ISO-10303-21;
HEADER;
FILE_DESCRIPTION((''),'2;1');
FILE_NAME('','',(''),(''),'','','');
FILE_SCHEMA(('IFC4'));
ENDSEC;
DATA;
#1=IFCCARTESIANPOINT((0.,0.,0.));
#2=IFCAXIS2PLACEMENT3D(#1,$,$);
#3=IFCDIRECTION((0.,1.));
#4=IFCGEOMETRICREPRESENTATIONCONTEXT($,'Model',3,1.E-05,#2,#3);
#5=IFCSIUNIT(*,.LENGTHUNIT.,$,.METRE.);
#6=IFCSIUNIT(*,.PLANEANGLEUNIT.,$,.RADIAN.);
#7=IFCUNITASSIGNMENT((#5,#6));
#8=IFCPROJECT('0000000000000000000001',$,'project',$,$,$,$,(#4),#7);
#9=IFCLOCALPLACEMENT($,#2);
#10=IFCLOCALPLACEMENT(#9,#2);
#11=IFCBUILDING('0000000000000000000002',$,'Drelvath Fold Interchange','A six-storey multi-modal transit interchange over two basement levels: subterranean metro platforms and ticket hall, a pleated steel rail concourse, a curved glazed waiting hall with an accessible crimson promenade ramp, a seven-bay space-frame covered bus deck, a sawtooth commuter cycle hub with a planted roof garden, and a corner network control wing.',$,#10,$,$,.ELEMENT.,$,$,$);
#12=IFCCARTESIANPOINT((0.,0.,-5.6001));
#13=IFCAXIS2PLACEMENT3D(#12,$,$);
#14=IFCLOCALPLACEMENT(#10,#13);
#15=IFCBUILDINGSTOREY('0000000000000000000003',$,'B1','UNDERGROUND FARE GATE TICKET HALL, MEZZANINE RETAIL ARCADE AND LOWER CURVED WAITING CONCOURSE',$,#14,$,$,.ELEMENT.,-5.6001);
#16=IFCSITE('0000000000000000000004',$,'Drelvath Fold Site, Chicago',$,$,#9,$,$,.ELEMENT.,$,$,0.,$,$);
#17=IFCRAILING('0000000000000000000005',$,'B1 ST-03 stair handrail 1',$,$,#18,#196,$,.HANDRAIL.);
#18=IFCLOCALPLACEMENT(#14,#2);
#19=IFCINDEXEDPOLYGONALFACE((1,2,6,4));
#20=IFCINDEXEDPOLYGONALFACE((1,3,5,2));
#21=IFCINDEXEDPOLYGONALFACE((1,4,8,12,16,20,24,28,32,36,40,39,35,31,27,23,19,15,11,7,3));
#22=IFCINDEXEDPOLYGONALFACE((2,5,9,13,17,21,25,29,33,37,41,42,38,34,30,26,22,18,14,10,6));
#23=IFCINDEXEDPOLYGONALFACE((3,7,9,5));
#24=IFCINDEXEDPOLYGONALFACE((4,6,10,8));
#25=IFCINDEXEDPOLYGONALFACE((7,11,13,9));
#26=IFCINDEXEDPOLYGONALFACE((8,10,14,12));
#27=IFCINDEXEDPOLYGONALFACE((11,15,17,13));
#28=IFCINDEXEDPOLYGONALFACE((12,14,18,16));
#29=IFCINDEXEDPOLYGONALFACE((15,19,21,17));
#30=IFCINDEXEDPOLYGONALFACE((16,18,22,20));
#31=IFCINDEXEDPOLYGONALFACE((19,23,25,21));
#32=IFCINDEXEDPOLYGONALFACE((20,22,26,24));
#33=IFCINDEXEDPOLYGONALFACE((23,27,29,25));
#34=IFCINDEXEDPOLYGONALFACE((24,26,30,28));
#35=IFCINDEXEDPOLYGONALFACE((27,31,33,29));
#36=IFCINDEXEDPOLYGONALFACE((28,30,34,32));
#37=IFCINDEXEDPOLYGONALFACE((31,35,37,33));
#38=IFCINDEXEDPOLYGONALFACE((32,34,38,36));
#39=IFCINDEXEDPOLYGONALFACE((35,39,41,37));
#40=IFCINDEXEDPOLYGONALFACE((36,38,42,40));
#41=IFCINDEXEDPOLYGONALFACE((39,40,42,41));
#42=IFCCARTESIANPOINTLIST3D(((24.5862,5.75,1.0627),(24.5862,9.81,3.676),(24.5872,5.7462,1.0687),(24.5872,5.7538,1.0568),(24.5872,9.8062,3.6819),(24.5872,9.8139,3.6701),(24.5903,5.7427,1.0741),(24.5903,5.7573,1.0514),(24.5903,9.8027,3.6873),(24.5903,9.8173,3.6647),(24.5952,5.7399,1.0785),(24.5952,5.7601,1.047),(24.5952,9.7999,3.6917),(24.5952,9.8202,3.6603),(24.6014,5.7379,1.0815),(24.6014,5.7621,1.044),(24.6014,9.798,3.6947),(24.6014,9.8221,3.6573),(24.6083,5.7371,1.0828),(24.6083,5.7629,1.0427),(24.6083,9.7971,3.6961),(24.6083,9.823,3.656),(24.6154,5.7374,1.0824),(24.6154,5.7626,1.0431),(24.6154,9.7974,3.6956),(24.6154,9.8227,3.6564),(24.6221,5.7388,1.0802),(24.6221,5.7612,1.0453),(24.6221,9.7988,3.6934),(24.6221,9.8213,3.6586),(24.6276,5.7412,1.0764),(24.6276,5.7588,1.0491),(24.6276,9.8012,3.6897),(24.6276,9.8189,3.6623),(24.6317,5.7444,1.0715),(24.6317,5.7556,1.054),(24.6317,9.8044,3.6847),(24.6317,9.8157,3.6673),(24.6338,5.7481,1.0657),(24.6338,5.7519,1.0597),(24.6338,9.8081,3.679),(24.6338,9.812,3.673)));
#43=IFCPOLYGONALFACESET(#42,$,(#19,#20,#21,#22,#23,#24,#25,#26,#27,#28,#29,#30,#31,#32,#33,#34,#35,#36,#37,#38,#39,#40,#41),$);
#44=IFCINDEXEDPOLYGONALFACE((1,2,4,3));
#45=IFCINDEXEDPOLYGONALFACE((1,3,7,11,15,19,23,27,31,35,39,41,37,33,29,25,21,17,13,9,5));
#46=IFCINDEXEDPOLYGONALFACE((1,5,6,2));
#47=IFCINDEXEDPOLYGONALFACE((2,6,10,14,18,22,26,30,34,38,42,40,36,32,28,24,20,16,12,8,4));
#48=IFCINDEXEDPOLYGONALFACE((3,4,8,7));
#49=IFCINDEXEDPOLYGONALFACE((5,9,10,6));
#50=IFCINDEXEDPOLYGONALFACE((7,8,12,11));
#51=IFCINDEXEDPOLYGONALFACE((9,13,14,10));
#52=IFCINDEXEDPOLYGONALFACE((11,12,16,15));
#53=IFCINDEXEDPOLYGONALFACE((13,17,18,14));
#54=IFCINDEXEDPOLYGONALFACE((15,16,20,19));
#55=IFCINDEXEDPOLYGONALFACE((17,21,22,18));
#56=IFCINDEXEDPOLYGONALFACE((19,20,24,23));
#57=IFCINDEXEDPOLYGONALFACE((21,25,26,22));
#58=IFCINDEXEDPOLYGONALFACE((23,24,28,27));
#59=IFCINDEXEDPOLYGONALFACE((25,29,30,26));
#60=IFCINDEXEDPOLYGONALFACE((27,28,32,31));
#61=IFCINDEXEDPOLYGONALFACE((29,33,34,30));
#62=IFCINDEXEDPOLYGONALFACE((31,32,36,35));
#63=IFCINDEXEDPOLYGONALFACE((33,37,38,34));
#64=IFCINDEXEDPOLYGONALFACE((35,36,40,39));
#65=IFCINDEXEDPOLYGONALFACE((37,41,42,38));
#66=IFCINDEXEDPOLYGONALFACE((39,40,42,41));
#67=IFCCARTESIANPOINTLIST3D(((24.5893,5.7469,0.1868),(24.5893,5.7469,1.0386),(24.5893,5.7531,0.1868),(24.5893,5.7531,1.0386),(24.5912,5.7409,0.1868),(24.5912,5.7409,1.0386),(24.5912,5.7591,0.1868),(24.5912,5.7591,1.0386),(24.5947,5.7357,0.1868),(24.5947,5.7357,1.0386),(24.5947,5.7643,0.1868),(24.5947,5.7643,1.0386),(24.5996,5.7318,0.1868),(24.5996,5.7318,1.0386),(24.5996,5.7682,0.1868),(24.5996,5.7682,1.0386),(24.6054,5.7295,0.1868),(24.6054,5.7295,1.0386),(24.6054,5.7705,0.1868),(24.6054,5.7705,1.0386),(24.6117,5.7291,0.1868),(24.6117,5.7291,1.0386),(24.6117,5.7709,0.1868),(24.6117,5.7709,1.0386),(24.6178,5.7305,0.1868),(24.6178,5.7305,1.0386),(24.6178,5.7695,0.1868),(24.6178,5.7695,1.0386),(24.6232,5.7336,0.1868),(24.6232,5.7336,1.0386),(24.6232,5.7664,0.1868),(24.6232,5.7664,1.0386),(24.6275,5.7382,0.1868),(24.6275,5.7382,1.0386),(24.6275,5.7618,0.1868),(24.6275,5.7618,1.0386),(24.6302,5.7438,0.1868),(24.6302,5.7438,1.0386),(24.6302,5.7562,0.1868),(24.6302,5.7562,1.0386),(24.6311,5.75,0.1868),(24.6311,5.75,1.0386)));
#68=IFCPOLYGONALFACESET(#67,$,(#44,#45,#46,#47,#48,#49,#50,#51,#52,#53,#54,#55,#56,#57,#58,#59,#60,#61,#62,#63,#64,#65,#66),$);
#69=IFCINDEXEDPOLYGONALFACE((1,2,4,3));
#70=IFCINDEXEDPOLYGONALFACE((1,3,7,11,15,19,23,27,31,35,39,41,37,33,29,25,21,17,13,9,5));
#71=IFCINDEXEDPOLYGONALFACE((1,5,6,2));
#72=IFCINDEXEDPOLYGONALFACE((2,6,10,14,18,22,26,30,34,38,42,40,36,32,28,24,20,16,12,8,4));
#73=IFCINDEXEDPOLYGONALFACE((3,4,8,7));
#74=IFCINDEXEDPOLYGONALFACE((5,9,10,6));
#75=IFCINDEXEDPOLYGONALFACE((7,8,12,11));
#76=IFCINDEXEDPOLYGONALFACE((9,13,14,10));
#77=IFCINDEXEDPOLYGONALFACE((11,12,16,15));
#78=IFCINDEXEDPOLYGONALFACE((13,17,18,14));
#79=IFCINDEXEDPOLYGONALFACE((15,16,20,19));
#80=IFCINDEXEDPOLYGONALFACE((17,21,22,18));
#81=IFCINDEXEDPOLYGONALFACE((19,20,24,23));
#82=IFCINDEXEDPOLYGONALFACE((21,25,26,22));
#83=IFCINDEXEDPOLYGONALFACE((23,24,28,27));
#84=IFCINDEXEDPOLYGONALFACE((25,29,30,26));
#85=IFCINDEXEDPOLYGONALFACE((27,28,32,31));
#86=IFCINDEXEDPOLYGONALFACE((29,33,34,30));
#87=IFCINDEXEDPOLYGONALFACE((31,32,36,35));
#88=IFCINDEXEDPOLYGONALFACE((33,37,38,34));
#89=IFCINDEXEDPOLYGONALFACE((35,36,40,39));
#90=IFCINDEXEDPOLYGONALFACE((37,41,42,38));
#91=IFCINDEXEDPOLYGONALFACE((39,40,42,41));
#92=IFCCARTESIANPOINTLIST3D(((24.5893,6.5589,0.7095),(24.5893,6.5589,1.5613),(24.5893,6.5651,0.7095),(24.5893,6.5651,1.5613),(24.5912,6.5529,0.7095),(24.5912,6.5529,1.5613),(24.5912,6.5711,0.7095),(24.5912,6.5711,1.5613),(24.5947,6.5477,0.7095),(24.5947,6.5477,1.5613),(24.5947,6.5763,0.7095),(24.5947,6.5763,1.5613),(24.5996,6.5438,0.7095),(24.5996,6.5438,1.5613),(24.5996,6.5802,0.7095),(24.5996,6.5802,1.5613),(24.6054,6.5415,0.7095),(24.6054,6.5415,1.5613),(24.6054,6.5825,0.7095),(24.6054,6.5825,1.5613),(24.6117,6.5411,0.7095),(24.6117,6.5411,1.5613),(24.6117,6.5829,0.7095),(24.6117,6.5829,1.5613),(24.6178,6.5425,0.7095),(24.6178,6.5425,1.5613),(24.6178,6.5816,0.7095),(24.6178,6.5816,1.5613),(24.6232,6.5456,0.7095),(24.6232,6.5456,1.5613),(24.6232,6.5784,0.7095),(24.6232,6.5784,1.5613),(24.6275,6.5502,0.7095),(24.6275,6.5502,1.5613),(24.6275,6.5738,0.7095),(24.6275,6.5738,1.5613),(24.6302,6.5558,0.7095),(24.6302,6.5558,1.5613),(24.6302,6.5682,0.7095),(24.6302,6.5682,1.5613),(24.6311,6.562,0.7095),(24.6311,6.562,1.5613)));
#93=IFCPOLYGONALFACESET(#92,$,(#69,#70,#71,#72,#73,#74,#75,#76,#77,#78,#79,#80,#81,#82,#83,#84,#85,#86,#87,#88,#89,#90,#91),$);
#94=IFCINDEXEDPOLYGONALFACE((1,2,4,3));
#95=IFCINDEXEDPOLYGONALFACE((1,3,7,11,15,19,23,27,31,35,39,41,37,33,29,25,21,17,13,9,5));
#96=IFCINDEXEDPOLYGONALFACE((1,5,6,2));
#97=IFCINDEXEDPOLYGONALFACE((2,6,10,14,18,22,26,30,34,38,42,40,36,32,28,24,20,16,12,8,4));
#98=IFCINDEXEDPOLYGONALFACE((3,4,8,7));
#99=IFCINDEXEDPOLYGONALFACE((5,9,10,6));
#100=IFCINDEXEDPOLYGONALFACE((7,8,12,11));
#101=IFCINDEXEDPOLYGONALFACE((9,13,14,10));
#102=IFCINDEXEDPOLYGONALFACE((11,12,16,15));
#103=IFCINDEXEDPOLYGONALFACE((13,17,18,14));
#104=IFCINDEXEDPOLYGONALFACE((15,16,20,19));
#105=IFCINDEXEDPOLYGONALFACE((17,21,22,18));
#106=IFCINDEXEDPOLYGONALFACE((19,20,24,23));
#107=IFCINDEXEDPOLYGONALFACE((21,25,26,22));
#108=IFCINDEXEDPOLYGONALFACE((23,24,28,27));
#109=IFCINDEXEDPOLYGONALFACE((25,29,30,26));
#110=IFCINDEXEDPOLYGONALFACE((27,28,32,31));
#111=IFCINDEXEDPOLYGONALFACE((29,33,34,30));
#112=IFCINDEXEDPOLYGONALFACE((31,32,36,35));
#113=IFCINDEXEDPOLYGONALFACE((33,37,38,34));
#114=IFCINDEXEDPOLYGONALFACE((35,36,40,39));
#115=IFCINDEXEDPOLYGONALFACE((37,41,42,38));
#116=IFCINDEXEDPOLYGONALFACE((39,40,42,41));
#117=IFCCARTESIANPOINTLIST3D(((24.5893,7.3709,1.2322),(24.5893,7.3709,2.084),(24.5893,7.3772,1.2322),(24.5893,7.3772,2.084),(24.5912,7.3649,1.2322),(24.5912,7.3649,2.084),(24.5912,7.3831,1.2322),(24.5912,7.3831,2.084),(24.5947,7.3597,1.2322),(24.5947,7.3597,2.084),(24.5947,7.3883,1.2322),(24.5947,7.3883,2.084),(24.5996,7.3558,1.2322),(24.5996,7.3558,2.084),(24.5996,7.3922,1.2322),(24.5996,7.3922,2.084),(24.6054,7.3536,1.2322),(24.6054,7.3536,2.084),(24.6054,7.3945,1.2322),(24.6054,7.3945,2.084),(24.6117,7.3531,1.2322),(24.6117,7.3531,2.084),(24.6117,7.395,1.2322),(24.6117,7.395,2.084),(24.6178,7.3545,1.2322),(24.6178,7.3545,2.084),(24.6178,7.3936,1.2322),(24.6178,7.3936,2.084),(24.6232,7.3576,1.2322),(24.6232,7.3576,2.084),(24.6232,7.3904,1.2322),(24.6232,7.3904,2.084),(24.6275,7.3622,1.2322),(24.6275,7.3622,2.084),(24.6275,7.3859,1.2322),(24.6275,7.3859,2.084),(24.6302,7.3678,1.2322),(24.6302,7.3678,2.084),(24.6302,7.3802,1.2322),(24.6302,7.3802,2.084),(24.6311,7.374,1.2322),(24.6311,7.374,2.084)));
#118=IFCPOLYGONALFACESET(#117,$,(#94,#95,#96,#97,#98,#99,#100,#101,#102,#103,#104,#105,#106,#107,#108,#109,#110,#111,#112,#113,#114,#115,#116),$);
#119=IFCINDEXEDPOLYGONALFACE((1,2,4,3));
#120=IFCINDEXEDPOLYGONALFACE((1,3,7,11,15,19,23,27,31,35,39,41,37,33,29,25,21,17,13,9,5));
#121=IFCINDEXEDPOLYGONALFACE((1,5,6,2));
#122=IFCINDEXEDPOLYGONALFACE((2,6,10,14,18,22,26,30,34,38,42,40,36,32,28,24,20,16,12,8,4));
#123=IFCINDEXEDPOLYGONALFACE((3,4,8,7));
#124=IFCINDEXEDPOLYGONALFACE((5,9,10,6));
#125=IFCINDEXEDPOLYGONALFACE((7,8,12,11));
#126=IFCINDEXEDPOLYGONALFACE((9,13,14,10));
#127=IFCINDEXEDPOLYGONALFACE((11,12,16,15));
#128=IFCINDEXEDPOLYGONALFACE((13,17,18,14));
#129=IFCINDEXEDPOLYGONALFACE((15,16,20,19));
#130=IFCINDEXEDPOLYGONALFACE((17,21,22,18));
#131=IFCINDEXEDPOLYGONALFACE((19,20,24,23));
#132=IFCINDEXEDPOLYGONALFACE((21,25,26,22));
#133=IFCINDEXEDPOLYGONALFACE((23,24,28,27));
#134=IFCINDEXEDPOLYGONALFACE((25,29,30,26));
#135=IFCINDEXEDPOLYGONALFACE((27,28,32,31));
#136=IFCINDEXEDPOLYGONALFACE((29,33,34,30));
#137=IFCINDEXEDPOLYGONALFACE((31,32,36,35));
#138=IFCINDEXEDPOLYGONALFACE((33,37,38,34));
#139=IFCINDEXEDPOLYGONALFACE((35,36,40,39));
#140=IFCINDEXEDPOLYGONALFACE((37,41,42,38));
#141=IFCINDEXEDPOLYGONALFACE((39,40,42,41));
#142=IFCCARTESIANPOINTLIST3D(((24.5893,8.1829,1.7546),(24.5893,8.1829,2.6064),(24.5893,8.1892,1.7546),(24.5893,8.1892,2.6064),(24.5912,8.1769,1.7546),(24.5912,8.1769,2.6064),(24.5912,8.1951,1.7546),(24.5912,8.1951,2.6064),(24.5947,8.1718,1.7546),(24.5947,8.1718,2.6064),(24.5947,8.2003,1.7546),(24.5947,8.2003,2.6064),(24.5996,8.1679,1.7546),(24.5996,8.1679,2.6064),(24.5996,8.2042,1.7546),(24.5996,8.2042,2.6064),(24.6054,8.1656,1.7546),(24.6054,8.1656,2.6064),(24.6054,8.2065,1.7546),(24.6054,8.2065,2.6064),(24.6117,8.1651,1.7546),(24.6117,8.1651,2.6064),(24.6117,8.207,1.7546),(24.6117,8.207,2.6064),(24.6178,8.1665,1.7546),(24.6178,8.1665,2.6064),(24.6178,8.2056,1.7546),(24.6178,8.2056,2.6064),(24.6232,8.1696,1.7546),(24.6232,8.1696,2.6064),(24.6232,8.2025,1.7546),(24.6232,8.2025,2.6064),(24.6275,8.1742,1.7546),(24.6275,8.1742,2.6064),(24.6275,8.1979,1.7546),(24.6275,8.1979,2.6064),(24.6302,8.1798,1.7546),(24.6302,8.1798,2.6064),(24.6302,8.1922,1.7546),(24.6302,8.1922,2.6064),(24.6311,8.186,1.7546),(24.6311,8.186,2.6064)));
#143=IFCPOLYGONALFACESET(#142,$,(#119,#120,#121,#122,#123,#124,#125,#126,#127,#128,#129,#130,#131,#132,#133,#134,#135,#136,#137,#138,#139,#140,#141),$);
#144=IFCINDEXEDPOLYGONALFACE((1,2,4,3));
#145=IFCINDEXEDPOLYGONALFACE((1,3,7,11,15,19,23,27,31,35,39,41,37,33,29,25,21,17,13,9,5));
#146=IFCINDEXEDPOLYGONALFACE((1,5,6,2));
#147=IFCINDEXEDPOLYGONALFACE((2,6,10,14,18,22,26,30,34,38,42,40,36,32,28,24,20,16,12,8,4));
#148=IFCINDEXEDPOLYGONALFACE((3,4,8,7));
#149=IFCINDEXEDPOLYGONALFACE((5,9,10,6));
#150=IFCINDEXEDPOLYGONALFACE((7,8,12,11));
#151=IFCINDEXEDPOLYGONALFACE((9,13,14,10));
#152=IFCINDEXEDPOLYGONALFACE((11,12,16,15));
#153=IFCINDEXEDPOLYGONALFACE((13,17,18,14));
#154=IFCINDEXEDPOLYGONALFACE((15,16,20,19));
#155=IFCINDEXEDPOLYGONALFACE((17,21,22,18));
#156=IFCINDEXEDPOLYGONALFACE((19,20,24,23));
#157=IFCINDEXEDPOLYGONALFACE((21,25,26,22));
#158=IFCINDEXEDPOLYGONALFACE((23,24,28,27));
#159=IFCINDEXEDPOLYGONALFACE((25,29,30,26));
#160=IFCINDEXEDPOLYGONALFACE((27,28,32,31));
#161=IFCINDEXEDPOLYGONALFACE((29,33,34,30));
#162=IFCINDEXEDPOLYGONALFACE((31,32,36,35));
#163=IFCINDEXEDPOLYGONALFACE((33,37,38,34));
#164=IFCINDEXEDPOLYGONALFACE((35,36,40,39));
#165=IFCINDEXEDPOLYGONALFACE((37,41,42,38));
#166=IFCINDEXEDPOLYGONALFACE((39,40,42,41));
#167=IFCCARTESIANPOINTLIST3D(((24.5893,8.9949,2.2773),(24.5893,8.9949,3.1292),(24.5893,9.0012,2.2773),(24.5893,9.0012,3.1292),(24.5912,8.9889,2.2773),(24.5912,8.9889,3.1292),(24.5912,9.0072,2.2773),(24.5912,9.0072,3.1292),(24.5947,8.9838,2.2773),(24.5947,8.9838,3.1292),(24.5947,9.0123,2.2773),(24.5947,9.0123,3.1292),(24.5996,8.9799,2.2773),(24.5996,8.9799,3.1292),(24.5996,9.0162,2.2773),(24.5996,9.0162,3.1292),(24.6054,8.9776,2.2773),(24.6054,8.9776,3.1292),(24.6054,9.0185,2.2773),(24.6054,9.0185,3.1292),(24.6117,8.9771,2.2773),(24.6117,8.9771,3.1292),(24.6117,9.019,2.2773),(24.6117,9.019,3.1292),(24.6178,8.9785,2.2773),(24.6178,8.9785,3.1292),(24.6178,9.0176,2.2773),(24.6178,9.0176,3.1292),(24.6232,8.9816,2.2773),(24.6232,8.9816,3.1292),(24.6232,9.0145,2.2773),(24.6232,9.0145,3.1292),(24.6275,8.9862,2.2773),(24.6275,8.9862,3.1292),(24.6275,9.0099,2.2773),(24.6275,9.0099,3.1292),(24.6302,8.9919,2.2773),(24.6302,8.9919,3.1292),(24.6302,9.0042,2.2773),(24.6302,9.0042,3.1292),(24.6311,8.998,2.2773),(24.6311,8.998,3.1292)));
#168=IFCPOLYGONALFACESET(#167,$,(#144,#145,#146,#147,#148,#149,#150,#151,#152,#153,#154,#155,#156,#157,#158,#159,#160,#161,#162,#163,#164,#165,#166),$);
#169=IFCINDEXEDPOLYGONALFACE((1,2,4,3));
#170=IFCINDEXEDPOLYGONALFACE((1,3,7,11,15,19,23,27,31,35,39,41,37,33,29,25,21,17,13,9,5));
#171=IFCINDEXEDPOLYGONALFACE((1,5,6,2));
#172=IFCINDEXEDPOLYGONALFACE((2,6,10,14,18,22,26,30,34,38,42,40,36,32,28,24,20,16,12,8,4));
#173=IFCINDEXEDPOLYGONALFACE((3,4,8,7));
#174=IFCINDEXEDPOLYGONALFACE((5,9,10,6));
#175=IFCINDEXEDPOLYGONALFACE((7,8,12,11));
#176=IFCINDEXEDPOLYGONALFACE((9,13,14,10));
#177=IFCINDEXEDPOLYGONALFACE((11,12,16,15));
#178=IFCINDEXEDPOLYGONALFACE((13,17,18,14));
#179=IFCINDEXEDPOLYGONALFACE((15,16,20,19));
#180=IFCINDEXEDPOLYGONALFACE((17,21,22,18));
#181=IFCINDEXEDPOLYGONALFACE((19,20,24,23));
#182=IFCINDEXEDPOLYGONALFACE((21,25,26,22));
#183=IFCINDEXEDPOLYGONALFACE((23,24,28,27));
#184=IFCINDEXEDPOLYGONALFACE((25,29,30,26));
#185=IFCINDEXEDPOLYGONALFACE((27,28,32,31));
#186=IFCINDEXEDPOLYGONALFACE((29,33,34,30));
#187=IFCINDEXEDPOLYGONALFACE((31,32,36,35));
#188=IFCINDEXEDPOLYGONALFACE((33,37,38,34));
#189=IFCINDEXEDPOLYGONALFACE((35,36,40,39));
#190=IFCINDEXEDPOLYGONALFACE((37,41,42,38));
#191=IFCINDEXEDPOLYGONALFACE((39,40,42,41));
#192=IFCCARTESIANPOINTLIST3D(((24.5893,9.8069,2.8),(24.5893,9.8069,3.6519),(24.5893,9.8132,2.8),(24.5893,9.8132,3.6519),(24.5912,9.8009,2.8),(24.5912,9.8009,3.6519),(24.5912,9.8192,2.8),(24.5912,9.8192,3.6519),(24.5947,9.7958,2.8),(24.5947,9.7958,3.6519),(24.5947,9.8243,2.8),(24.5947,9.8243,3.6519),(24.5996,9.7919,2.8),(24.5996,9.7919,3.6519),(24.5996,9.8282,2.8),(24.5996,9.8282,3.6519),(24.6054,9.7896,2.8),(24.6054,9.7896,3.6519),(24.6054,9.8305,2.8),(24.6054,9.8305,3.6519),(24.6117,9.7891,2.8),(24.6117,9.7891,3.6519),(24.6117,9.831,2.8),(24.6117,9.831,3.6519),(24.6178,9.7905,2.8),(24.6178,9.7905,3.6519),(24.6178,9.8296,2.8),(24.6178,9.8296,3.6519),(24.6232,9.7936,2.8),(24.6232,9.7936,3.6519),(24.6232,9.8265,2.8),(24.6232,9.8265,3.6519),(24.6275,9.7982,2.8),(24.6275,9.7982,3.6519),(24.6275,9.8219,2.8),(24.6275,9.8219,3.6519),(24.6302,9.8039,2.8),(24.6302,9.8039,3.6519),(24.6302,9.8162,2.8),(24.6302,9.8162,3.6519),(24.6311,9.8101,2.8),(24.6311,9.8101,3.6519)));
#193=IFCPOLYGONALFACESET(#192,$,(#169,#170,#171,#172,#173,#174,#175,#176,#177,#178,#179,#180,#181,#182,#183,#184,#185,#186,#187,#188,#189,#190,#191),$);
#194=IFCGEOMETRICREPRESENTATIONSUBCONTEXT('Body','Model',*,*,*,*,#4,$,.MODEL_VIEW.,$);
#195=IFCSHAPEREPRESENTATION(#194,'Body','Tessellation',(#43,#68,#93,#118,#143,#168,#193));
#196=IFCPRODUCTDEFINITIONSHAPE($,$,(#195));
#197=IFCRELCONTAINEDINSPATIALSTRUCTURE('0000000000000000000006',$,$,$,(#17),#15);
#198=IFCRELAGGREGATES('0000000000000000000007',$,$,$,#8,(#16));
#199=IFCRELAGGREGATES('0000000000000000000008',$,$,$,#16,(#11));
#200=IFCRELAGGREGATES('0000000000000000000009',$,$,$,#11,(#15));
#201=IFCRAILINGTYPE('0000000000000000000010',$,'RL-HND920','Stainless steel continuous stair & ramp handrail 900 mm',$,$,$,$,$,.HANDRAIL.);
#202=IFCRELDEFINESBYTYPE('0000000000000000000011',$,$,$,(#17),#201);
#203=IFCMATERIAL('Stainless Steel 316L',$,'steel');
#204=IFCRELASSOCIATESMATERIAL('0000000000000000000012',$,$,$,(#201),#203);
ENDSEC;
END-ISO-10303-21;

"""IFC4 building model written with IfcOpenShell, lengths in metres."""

from ifc_helpers import new_model, si_unit, direction, frame, origin, origin_2d, place, context, subcontext, project, spatial, circle, extrude, material, type_object, element, save


model = new_model("IFC4")

# Units and contexts
model_context = context("Model", 3, precision=1e-05, world=origin(), true_north=direction((0.0, 1.0)))
body_context = subcontext(model_context, "Body", "Model", "MODEL_VIEW")
ifc_project = project(units=[si_unit("LENGTHUNIT", "METRE"), si_unit("PLANEANGLEUNIT", "RADIAN")], contexts=[model_context])

# Site, building, storey
site_placement = place(None, origin())
site = spatial("IfcSite", under=ifc_project, at=site_placement, Name="Drelvath Fold Site, Chicago", CompositionType="ELEMENT", RefElevation=0.0)
building_placement = place(site_placement, origin())
building = spatial("IfcBuilding", under=site, at=building_placement, Name="Drelvath Fold Interchange", Description="A six-storey multi-modal transit interchange over two basement levels: subterranean metro platforms and ticket hall, a pleated steel rail concourse, a curved glazed waiting hall with an accessible crimson promenade ramp, a seven-bay space-frame covered bus deck, a sawtooth commuter cycle hub with a planted roof garden, and a corner network control wing.", CompositionType="ELEMENT")
storey_placement = place(building_placement, frame((0.0, 0.0, -5.6001)))
storey = spatial("IfcBuildingStorey", under=building, at=storey_placement, Name="B1", Description="UNDERGROUND FARE GATE TICKET HALL, MEZZANINE RETAIL ARCADE AND LOWER CURVED WAITING CONCOURSE", CompositionType="ELEMENT", Elevation=-5.6001)

# Railing
ifc_material_1 = material(Name="Stainless Steel 316L", Category="steel")
railing_type_1 = type_object("IfcRailingType", Name="RL-HND920", Description="Stainless steel continuous stair & ramp handrail 900 mm", PredefinedType="HANDRAIL", material=ifc_material_1)
railing_1_placement = place(storey_placement, frame((24.6101, 5.75, 0.1868)))
element("IfcRailing", 1, at=railing_1_placement, inside=storey, type_object=railing_type_1, Name="B1 ST-03 stair handrail 1", PredefinedType="HANDRAIL", context=body_context, shape_type="SweptSolid", body=[
    extrude(circle(Radius=0.0239, at=origin_2d()), frame((0.0, 0.0, 0.876), z_axis=(0.0, 0.840873, 0.541233), x_axis=(-1.0, 0.0, 0.0)), (0.0, 0.0, 1.0), 4.8284),
    extrude(circle(Radius=0.021, at=origin_2d()), origin(), (0.0, 0.0, 1.0), 0.8518),
    extrude(circle(Radius=0.021, at=origin_2d()), frame((0.0, 0.812, 0.5227)), (0.0, 0.0, 1.0), 0.8518),
    extrude(circle(Radius=0.021, at=origin_2d()), frame((0.0, 1.624, 1.0454)), (0.0, 0.0, 1.0), 0.8518),
    extrude(circle(Radius=0.021, at=origin_2d()), frame((0.0, 2.436, 1.5679)), (0.0, 0.0, 1.0), 0.8518),
    extrude(circle(Radius=0.021, at=origin_2d()), frame((0.0, 3.248, 2.0906)), (0.0, 0.0, 1.0), 0.8518),
    extrude(circle(Radius=0.021, at=origin_2d()), frame((0.0, 4.0601, 2.6133)), (0.0, 0.0, 1.0), 0.8518),
])

save(model, "model.ifc")
